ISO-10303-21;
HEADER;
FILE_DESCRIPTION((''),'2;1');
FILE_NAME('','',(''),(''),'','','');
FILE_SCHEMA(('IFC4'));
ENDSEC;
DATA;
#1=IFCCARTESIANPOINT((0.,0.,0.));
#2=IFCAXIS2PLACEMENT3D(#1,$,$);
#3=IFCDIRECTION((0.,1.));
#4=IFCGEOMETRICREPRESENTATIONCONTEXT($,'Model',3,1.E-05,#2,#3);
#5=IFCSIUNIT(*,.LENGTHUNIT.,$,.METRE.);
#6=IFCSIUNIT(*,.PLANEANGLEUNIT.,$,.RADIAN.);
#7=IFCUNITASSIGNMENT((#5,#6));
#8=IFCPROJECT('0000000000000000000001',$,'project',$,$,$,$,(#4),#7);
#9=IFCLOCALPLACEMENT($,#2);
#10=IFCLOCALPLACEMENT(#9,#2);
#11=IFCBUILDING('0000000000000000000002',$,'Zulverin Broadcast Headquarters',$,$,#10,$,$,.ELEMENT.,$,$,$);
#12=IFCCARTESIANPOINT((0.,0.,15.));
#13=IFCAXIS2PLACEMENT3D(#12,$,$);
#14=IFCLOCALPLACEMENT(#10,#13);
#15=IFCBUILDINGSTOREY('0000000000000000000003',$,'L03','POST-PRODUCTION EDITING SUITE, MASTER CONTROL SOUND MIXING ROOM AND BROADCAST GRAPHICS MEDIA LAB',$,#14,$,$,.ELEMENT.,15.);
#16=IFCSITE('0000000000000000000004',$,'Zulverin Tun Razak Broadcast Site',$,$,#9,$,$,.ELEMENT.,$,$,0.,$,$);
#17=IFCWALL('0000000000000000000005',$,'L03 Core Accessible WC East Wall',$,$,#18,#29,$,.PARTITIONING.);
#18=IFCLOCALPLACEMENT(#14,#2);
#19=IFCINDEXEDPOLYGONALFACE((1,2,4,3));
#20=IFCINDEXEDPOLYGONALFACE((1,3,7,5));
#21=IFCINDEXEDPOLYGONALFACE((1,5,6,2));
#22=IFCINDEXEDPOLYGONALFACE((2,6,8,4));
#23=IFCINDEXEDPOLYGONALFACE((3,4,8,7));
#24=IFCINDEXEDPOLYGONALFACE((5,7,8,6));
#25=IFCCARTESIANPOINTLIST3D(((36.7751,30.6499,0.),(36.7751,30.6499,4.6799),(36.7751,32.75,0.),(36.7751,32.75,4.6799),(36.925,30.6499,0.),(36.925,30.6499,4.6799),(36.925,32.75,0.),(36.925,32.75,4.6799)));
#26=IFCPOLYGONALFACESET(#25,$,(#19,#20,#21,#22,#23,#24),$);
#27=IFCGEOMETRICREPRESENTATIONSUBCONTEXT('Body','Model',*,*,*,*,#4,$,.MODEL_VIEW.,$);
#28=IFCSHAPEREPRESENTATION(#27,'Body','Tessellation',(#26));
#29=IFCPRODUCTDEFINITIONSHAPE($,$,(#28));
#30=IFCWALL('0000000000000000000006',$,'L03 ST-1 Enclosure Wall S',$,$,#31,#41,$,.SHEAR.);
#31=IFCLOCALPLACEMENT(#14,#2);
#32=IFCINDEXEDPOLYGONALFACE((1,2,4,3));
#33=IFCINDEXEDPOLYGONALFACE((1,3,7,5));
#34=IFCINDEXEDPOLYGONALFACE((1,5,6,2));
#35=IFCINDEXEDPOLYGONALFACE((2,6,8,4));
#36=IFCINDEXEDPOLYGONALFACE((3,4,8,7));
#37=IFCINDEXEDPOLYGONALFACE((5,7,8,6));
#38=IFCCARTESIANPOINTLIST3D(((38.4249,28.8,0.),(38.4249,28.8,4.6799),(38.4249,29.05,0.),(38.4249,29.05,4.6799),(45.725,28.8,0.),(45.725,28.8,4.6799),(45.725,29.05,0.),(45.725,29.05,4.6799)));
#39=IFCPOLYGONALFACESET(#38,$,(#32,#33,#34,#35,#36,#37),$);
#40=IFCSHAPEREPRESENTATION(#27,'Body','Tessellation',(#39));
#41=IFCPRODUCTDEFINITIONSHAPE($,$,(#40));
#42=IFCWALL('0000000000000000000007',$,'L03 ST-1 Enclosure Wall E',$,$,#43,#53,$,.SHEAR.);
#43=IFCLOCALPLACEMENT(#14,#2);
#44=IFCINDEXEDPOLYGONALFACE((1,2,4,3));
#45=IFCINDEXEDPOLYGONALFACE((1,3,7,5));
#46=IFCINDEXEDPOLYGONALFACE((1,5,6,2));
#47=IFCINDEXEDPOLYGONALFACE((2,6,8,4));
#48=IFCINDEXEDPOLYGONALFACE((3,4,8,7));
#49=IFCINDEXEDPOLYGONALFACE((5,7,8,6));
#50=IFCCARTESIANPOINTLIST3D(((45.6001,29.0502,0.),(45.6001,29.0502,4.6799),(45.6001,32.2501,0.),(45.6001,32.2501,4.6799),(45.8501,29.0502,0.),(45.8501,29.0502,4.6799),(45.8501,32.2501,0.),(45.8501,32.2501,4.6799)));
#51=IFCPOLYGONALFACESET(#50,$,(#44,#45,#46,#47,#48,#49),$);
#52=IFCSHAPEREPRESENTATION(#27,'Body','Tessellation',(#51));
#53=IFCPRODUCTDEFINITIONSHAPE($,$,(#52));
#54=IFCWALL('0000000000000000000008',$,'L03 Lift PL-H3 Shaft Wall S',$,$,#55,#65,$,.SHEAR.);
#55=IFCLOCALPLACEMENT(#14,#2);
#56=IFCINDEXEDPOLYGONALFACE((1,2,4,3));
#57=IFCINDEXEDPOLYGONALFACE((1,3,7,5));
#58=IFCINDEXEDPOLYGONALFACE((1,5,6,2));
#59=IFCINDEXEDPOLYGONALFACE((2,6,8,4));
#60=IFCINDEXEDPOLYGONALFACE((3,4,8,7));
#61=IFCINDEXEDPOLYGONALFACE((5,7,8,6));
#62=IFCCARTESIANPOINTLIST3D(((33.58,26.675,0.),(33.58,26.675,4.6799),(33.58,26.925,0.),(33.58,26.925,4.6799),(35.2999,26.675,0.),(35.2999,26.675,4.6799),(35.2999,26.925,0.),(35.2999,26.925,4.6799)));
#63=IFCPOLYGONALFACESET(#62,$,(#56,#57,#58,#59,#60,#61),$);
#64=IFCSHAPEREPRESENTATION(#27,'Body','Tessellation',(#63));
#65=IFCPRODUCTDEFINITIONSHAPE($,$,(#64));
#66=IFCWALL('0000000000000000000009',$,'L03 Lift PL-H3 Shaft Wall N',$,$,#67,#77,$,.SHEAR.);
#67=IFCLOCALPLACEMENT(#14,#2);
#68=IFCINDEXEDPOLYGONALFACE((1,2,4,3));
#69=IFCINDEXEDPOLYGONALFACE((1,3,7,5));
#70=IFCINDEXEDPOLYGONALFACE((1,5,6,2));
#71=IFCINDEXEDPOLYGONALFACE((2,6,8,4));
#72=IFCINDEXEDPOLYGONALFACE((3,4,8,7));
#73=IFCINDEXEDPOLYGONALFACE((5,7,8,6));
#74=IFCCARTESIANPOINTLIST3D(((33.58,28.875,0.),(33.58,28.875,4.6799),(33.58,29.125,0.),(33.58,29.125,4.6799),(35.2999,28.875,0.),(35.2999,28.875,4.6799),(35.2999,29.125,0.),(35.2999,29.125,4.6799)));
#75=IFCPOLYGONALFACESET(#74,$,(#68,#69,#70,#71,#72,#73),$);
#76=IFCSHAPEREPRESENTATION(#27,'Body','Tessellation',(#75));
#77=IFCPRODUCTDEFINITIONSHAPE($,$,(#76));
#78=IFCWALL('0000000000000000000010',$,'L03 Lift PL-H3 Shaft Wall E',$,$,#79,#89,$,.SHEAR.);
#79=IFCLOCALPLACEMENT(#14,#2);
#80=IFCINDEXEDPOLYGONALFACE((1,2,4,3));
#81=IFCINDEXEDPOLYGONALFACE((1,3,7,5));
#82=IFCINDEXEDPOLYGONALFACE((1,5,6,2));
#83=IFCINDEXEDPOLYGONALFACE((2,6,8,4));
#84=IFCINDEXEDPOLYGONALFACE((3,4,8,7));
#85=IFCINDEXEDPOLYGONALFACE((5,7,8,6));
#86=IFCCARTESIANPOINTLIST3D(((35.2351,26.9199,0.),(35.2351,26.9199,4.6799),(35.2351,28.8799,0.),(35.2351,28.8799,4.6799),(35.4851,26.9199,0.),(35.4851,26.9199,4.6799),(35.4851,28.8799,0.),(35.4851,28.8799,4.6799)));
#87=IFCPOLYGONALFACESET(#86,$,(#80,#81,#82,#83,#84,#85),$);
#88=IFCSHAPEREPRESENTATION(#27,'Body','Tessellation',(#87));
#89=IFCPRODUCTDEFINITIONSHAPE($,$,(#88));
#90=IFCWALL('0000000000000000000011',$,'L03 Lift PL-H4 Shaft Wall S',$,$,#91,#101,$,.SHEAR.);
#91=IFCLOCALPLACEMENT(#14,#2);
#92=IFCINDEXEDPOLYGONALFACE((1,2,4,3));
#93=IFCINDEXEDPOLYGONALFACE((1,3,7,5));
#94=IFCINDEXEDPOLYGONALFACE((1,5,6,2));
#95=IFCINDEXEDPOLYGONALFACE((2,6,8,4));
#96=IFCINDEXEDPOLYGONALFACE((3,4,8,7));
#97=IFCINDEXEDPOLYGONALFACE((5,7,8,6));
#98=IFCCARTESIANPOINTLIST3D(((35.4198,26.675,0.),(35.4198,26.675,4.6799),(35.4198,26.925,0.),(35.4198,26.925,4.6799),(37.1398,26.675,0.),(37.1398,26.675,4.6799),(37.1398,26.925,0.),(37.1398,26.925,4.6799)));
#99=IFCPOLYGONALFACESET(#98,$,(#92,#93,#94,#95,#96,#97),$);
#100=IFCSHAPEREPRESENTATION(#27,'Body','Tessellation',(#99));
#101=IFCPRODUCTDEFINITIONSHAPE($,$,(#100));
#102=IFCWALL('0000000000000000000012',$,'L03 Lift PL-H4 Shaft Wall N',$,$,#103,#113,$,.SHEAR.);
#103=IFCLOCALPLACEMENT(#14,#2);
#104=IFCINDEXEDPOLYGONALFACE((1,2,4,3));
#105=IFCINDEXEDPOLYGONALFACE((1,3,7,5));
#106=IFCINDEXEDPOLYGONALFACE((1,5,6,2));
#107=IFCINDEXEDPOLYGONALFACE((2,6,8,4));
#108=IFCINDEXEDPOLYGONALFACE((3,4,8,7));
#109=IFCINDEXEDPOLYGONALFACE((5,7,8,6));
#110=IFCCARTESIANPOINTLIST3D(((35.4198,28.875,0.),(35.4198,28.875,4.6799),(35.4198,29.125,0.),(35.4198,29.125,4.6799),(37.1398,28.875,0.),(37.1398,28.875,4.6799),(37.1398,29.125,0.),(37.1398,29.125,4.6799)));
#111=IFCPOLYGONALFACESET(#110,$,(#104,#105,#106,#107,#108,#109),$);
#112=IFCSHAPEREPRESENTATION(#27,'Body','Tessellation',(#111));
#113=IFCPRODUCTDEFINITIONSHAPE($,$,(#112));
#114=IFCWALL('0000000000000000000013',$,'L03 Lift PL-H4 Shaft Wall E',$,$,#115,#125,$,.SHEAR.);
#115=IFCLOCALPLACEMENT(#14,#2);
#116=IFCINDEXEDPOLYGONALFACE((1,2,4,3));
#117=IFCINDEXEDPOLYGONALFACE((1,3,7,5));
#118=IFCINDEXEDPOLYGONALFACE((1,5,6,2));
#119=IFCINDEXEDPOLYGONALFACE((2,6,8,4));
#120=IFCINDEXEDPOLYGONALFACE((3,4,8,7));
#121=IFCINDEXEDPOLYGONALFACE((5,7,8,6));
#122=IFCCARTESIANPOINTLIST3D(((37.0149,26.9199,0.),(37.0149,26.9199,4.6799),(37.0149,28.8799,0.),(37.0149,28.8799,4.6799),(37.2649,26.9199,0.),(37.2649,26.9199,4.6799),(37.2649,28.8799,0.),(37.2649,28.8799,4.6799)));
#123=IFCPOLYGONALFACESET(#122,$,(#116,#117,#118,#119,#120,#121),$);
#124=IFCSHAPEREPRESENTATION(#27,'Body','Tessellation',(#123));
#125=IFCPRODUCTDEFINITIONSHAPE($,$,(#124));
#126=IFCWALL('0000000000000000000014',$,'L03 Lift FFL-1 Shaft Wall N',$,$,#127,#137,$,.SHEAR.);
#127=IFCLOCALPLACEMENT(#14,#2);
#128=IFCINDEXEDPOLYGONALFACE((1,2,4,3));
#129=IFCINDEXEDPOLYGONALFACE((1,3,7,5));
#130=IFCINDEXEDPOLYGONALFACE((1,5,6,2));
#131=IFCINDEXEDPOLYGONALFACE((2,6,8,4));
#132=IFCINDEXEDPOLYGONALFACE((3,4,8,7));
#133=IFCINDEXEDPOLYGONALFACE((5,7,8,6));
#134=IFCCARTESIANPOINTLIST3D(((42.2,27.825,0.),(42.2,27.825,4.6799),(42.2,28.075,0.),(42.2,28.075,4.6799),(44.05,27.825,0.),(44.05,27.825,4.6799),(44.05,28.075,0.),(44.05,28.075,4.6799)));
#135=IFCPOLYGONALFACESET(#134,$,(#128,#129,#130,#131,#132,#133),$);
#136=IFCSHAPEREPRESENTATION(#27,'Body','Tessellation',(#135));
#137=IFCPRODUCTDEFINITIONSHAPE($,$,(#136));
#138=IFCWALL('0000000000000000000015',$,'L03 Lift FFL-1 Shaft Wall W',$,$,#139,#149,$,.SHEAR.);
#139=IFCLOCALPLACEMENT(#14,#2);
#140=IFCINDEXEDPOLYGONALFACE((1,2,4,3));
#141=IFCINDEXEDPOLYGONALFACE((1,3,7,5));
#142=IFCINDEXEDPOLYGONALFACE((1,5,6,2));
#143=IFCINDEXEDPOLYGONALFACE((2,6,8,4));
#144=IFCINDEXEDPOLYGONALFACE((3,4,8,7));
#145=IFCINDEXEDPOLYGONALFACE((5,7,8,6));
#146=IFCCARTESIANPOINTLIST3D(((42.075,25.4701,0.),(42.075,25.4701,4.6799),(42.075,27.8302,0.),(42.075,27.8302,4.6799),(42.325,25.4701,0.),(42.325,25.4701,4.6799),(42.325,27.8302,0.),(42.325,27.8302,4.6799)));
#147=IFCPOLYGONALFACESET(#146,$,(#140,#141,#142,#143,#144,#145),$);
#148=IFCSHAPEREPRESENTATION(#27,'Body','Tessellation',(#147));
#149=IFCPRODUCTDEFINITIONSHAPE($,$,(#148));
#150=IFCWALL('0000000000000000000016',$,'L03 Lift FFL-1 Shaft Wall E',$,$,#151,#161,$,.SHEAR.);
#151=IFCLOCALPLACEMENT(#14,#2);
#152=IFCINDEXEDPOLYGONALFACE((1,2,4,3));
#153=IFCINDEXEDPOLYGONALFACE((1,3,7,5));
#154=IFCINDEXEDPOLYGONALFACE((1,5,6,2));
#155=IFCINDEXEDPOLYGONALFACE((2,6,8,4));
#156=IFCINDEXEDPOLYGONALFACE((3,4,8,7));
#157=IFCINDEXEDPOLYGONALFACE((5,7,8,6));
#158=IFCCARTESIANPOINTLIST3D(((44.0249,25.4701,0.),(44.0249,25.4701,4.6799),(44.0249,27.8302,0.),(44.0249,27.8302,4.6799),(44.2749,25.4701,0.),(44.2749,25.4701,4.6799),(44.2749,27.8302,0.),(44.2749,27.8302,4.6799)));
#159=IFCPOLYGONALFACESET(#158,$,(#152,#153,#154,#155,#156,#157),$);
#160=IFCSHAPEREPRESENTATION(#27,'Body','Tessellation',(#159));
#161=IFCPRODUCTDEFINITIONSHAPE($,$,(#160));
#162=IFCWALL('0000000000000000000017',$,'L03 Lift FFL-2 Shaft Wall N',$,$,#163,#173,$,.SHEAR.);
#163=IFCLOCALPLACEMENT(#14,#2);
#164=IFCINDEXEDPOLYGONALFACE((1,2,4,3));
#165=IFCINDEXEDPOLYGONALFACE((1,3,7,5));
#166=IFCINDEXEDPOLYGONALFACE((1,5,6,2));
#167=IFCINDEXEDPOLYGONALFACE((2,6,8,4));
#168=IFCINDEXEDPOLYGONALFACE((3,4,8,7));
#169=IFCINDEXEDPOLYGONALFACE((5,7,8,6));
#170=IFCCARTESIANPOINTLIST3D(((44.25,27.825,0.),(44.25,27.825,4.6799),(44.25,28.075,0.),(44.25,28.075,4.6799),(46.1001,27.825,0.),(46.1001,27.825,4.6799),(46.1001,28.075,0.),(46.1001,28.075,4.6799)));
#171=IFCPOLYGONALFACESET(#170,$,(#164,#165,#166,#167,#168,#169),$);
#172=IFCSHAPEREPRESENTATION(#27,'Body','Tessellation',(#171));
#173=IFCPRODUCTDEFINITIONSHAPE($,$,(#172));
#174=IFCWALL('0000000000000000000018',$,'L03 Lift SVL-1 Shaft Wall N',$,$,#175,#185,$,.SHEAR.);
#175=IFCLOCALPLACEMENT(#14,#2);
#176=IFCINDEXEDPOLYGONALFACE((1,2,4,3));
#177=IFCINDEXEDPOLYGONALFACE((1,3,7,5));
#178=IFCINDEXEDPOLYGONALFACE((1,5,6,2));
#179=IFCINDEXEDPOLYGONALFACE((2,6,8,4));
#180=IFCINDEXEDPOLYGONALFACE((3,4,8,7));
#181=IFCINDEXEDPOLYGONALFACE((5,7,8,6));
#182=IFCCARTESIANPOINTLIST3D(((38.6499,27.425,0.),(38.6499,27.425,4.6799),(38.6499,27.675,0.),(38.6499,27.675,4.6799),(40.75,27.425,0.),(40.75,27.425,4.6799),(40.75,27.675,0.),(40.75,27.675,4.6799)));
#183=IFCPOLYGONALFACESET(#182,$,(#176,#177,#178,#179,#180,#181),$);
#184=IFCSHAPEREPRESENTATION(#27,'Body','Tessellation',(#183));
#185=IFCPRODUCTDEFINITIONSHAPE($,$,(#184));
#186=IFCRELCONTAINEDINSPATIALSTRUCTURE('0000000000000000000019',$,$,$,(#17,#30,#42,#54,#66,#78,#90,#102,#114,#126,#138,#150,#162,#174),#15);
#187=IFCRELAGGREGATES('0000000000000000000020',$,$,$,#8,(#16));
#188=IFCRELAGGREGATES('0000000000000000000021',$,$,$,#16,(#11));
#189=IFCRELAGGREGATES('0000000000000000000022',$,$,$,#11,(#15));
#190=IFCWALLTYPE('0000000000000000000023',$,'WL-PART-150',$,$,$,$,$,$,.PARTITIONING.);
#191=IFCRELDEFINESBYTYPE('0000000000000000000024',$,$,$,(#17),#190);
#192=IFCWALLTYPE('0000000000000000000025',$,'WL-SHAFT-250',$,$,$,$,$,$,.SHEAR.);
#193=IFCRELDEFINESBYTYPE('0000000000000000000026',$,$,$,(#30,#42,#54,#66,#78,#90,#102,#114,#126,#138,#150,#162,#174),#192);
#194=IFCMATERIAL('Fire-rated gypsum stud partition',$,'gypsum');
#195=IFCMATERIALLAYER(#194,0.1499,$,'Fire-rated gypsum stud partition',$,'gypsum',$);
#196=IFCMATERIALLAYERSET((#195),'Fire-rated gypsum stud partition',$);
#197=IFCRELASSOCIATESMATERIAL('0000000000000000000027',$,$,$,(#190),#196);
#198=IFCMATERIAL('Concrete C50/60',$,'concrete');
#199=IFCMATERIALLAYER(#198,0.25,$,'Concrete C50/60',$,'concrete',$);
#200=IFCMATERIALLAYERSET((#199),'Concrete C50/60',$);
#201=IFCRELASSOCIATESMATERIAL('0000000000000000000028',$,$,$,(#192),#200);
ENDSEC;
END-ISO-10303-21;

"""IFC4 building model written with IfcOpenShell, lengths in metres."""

from ifc_helpers import new_model, si_unit, direction, frame, frame_2d, origin, place, context, subcontext, project, spatial, rectangle, extrude, material, layer, layer_set, type_object, element, save


model = new_model("IFC4")

# Units and contexts
model_context = context("Model", 3, precision=1e-05, world=origin(), true_north=direction((0.0, 1.0)))
body_context = subcontext(model_context, "Body", "Model", "MODEL_VIEW")
ifc_project = project(units=[si_unit("LENGTHUNIT", "METRE"), si_unit("PLANEANGLEUNIT", "RADIAN")], contexts=[model_context])

# Site, building, storey
site_placement = place(None, origin())
site = spatial("IfcSite", under=ifc_project, at=site_placement, Name="Zulverin Tun Razak Broadcast Site", CompositionType="ELEMENT", RefElevation=0.0)
building_placement = place(site_placement, origin())
building = spatial("IfcBuilding", under=site, at=building_placement, Name="Zulverin Broadcast Headquarters", CompositionType="ELEMENT")
storey_placement = place(building_placement, frame((0.0, 0.0, 15.0)))
storey = spatial("IfcBuildingStorey", under=building, at=storey_placement, Name="L03", Description="POST-PRODUCTION EDITING SUITE, MASTER CONTROL SOUND MIXING ROOM AND BROADCAST GRAPHICS MEDIA LAB", CompositionType="ELEMENT", Elevation=15.0)

# Walls
ifc_material_1 = material(Name="Fire-rated gypsum stud partition", Category="gypsum")
ifc_layer_1 = layer(ifc_material_1, 0.1499, Name="Fire-rated gypsum stud partition", Category="gypsum")
ifc_layer_set_1 = layer_set([ifc_layer_1], Name="Fire-rated gypsum stud partition")
wall_type_1 = type_object("IfcWallType", Name="WL-PART-150", PredefinedType="PARTITIONING", material=ifc_layer_set_1)
wall_1_placement = place(storey_placement, frame((36.8501, 30.6499, 0.0), z_axis=(0.0, 0.0, 1.0), x_axis=(0.0, 1.0, 0.0)))
element("IfcWall", 1, at=wall_1_placement, inside=storey, type_object=wall_type_1, Name="L03 Core Accessible WC East Wall", PredefinedType="PARTITIONING", context=body_context, shape_type="SweptSolid", body=[
    extrude(rectangle(XDim=2.1001, YDim=0.1499, at=frame_2d((1.05, 0.0))), origin(), (0.0, 0.0, 1.0), 4.6799),
])
ifc_material_2 = material(Name="Concrete C50/60", Category="concrete")
ifc_layer_2 = layer(ifc_material_2, 0.25, Name="Concrete C50/60", Category="concrete")
ifc_layer_set_2 = layer_set([ifc_layer_2], Name="Concrete C50/60")
wall_type_2 = type_object("IfcWallType", Name="WL-SHAFT-250", PredefinedType="SHEAR", material=ifc_layer_set_2)
wall_2_placement = place(storey_placement, frame((38.425, 28.925, 0.0), z_axis=(0.0, 0.0, 1.0), x_axis=(1.0, 0.0, 0.0)))
element("IfcWall", 2, at=wall_2_placement, inside=storey, type_object=wall_type_2, Name="L03 ST-1 Enclosure Wall S", PredefinedType="SHEAR", context=body_context, shape_type="SweptSolid", body=[
    extrude(rectangle(XDim=7.3, YDim=0.25, at=frame_2d((3.6499, 0.0))), origin(), (0.0, 0.0, 1.0), 4.6799),
])

# Walls
wall_3_placement = place(storey_placement, frame((45.7251, 29.05, 0.0), z_axis=(0.0, 0.0, 1.0), x_axis=(0.0, 1.0, 0.0)))
element("IfcWall", 3, at=wall_3_placement, inside=storey, type_object=wall_type_2, Name="L03 ST-1 Enclosure Wall E", PredefinedType="SHEAR", context=body_context, shape_type="SweptSolid", body=[
    extrude(rectangle(XDim=3.2, YDim=0.25, at=frame_2d((1.6001, 0.0))), origin(), (0.0, 0.0, 1.0), 4.6799),
])
for number, where, z_axis, x_axis, name in (
    (4, (33.5801, 26.8, 0.0), (0.0, 0.0, 1.0), (1.0, 0.0, 0.0), "L03 Lift PL-H3 Shaft Wall S"),
    (5, (33.5801, 29.0, 0.0), (0.0, 0.0, 1.0), (1.0, 0.0, 0.0), "L03 Lift PL-H3 Shaft Wall N"),
):
    element("IfcWall", number, at=place(storey_placement, frame(where, z_axis=z_axis, x_axis=x_axis)), inside=storey, type_object=wall_type_2, Name=name, PredefinedType="SHEAR", context=body_context, shape_type="SweptSolid", body=[
        extrude(rectangle(XDim=1.72, YDim=0.25, at=frame_2d((0.8599, 0.0))), origin(), (0.0, 0.0, 1.0), 4.6799),
    ])
wall_4_placement = place(storey_placement, frame((35.3601, 26.9199, 0.0), z_axis=(0.0, 0.0, 1.0), x_axis=(0.0, 1.0, 0.0)))
element("IfcWall", 6, at=wall_4_placement, inside=storey, type_object=wall_type_2, Name="L03 Lift PL-H3 Shaft Wall E", PredefinedType="SHEAR", context=body_context, shape_type="SweptSolid", body=[
    extrude(rectangle(XDim=1.96, YDim=0.25, at=frame_2d((0.98, 0.0))), origin(), (0.0, 0.0, 1.0), 4.6799),
])
for number, where, z_axis, x_axis, name in (
    (7, (35.4199, 26.8, 0.0), (0.0, 0.0, 1.0), (1.0, 0.0, 0.0), "L03 Lift PL-H4 Shaft Wall S"),
    (8, (35.4199, 29.0, 0.0), (0.0, 0.0, 1.0), (1.0, 0.0, 0.0), "L03 Lift PL-H4 Shaft Wall N"),
):
    element("IfcWall", number, at=place(storey_placement, frame(where, z_axis=z_axis, x_axis=x_axis)), inside=storey, type_object=wall_type_2, Name=name, PredefinedType="SHEAR", context=body_context, shape_type="SweptSolid", body=[
        extrude(rectangle(XDim=1.72, YDim=0.25, at=frame_2d((0.8599, 0.0))), origin(), (0.0, 0.0, 1.0), 4.6799),
    ])
wall_5_placement = place(storey_placement, frame((37.1399, 26.9199, 0.0), z_axis=(0.0, 0.0, 1.0), x_axis=(0.0, 1.0, 0.0)))
element("IfcWall", 9, at=wall_5_placement, inside=storey, type_object=wall_type_2, Name="L03 Lift PL-H4 Shaft Wall E", PredefinedType="SHEAR", context=body_context, shape_type="SweptSolid", body=[
    extrude(rectangle(XDim=1.96, YDim=0.25, at=frame_2d((0.98, 0.0))), origin(), (0.0, 0.0, 1.0), 4.6799),
])

# Walls
wall_6_placement = place(storey_placement, frame((42.2, 27.95, 0.0), z_axis=(0.0, 0.0, 1.0), x_axis=(1.0, 0.0, 0.0)))
element("IfcWall", 10, at=wall_6_placement, inside=storey, type_object=wall_type_2, Name="L03 Lift FFL-1 Shaft Wall N", PredefinedType="SHEAR", context=body_context, shape_type="SweptSolid", body=[
    extrude(rectangle(XDim=1.8501, YDim=0.25, at=frame_2d((0.925, 0.0))), origin(), (0.0, 0.0, 1.0), 4.6799),
])
for number, where, z_axis, x_axis, name in (
    (11, (42.2, 25.47, 0.0), (0.0, 0.0, 1.0), (0.0, 1.0, 0.0), "L03 Lift FFL-1 Shaft Wall W"),
    (12, (44.1499, 25.47, 0.0), (0.0, 0.0, 1.0), (0.0, 1.0, 0.0), "L03 Lift FFL-1 Shaft Wall E"),
):
    element("IfcWall", number, at=place(storey_placement, frame(where, z_axis=z_axis, x_axis=x_axis)), inside=storey, type_object=wall_type_2, Name=name, PredefinedType="SHEAR", context=body_context, shape_type="SweptSolid", body=[
        extrude(rectangle(XDim=2.3601, YDim=0.25, at=frame_2d((1.1802, 0.0))), origin(), (0.0, 0.0, 1.0), 4.6799),
    ])

# Walls
wall_7_placement = place(storey_placement, frame((44.25, 27.95, 0.0), z_axis=(0.0, 0.0, 1.0), x_axis=(1.0, 0.0, 0.0)))
element("IfcWall", 13, at=wall_7_placement, inside=storey, type_object=wall_type_2, Name="L03 Lift FFL-2 Shaft Wall N", PredefinedType="SHEAR", context=body_context, shape_type="SweptSolid", body=[
    extrude(rectangle(XDim=1.8501, YDim=0.25, at=frame_2d((0.925, 0.0))), origin(), (0.0, 0.0, 1.0), 4.6799),
])
wall_8_placement = place(storey_placement, frame((38.6499, 27.55, 0.0), z_axis=(0.0, 0.0, 1.0), x_axis=(1.0, 0.0, 0.0)))
element("IfcWall", 14, at=wall_8_placement, inside=storey, type_object=wall_type_2, Name="L03 Lift SVL-1 Shaft Wall N", PredefinedType="SHEAR", context=body_context, shape_type="SweptSolid", body=[
    extrude(rectangle(XDim=2.1001, YDim=0.25, at=frame_2d((1.05, 0.0))), origin(), (0.0, 0.0, 1.0), 4.6799),
])

save(model, "model.ifc")
